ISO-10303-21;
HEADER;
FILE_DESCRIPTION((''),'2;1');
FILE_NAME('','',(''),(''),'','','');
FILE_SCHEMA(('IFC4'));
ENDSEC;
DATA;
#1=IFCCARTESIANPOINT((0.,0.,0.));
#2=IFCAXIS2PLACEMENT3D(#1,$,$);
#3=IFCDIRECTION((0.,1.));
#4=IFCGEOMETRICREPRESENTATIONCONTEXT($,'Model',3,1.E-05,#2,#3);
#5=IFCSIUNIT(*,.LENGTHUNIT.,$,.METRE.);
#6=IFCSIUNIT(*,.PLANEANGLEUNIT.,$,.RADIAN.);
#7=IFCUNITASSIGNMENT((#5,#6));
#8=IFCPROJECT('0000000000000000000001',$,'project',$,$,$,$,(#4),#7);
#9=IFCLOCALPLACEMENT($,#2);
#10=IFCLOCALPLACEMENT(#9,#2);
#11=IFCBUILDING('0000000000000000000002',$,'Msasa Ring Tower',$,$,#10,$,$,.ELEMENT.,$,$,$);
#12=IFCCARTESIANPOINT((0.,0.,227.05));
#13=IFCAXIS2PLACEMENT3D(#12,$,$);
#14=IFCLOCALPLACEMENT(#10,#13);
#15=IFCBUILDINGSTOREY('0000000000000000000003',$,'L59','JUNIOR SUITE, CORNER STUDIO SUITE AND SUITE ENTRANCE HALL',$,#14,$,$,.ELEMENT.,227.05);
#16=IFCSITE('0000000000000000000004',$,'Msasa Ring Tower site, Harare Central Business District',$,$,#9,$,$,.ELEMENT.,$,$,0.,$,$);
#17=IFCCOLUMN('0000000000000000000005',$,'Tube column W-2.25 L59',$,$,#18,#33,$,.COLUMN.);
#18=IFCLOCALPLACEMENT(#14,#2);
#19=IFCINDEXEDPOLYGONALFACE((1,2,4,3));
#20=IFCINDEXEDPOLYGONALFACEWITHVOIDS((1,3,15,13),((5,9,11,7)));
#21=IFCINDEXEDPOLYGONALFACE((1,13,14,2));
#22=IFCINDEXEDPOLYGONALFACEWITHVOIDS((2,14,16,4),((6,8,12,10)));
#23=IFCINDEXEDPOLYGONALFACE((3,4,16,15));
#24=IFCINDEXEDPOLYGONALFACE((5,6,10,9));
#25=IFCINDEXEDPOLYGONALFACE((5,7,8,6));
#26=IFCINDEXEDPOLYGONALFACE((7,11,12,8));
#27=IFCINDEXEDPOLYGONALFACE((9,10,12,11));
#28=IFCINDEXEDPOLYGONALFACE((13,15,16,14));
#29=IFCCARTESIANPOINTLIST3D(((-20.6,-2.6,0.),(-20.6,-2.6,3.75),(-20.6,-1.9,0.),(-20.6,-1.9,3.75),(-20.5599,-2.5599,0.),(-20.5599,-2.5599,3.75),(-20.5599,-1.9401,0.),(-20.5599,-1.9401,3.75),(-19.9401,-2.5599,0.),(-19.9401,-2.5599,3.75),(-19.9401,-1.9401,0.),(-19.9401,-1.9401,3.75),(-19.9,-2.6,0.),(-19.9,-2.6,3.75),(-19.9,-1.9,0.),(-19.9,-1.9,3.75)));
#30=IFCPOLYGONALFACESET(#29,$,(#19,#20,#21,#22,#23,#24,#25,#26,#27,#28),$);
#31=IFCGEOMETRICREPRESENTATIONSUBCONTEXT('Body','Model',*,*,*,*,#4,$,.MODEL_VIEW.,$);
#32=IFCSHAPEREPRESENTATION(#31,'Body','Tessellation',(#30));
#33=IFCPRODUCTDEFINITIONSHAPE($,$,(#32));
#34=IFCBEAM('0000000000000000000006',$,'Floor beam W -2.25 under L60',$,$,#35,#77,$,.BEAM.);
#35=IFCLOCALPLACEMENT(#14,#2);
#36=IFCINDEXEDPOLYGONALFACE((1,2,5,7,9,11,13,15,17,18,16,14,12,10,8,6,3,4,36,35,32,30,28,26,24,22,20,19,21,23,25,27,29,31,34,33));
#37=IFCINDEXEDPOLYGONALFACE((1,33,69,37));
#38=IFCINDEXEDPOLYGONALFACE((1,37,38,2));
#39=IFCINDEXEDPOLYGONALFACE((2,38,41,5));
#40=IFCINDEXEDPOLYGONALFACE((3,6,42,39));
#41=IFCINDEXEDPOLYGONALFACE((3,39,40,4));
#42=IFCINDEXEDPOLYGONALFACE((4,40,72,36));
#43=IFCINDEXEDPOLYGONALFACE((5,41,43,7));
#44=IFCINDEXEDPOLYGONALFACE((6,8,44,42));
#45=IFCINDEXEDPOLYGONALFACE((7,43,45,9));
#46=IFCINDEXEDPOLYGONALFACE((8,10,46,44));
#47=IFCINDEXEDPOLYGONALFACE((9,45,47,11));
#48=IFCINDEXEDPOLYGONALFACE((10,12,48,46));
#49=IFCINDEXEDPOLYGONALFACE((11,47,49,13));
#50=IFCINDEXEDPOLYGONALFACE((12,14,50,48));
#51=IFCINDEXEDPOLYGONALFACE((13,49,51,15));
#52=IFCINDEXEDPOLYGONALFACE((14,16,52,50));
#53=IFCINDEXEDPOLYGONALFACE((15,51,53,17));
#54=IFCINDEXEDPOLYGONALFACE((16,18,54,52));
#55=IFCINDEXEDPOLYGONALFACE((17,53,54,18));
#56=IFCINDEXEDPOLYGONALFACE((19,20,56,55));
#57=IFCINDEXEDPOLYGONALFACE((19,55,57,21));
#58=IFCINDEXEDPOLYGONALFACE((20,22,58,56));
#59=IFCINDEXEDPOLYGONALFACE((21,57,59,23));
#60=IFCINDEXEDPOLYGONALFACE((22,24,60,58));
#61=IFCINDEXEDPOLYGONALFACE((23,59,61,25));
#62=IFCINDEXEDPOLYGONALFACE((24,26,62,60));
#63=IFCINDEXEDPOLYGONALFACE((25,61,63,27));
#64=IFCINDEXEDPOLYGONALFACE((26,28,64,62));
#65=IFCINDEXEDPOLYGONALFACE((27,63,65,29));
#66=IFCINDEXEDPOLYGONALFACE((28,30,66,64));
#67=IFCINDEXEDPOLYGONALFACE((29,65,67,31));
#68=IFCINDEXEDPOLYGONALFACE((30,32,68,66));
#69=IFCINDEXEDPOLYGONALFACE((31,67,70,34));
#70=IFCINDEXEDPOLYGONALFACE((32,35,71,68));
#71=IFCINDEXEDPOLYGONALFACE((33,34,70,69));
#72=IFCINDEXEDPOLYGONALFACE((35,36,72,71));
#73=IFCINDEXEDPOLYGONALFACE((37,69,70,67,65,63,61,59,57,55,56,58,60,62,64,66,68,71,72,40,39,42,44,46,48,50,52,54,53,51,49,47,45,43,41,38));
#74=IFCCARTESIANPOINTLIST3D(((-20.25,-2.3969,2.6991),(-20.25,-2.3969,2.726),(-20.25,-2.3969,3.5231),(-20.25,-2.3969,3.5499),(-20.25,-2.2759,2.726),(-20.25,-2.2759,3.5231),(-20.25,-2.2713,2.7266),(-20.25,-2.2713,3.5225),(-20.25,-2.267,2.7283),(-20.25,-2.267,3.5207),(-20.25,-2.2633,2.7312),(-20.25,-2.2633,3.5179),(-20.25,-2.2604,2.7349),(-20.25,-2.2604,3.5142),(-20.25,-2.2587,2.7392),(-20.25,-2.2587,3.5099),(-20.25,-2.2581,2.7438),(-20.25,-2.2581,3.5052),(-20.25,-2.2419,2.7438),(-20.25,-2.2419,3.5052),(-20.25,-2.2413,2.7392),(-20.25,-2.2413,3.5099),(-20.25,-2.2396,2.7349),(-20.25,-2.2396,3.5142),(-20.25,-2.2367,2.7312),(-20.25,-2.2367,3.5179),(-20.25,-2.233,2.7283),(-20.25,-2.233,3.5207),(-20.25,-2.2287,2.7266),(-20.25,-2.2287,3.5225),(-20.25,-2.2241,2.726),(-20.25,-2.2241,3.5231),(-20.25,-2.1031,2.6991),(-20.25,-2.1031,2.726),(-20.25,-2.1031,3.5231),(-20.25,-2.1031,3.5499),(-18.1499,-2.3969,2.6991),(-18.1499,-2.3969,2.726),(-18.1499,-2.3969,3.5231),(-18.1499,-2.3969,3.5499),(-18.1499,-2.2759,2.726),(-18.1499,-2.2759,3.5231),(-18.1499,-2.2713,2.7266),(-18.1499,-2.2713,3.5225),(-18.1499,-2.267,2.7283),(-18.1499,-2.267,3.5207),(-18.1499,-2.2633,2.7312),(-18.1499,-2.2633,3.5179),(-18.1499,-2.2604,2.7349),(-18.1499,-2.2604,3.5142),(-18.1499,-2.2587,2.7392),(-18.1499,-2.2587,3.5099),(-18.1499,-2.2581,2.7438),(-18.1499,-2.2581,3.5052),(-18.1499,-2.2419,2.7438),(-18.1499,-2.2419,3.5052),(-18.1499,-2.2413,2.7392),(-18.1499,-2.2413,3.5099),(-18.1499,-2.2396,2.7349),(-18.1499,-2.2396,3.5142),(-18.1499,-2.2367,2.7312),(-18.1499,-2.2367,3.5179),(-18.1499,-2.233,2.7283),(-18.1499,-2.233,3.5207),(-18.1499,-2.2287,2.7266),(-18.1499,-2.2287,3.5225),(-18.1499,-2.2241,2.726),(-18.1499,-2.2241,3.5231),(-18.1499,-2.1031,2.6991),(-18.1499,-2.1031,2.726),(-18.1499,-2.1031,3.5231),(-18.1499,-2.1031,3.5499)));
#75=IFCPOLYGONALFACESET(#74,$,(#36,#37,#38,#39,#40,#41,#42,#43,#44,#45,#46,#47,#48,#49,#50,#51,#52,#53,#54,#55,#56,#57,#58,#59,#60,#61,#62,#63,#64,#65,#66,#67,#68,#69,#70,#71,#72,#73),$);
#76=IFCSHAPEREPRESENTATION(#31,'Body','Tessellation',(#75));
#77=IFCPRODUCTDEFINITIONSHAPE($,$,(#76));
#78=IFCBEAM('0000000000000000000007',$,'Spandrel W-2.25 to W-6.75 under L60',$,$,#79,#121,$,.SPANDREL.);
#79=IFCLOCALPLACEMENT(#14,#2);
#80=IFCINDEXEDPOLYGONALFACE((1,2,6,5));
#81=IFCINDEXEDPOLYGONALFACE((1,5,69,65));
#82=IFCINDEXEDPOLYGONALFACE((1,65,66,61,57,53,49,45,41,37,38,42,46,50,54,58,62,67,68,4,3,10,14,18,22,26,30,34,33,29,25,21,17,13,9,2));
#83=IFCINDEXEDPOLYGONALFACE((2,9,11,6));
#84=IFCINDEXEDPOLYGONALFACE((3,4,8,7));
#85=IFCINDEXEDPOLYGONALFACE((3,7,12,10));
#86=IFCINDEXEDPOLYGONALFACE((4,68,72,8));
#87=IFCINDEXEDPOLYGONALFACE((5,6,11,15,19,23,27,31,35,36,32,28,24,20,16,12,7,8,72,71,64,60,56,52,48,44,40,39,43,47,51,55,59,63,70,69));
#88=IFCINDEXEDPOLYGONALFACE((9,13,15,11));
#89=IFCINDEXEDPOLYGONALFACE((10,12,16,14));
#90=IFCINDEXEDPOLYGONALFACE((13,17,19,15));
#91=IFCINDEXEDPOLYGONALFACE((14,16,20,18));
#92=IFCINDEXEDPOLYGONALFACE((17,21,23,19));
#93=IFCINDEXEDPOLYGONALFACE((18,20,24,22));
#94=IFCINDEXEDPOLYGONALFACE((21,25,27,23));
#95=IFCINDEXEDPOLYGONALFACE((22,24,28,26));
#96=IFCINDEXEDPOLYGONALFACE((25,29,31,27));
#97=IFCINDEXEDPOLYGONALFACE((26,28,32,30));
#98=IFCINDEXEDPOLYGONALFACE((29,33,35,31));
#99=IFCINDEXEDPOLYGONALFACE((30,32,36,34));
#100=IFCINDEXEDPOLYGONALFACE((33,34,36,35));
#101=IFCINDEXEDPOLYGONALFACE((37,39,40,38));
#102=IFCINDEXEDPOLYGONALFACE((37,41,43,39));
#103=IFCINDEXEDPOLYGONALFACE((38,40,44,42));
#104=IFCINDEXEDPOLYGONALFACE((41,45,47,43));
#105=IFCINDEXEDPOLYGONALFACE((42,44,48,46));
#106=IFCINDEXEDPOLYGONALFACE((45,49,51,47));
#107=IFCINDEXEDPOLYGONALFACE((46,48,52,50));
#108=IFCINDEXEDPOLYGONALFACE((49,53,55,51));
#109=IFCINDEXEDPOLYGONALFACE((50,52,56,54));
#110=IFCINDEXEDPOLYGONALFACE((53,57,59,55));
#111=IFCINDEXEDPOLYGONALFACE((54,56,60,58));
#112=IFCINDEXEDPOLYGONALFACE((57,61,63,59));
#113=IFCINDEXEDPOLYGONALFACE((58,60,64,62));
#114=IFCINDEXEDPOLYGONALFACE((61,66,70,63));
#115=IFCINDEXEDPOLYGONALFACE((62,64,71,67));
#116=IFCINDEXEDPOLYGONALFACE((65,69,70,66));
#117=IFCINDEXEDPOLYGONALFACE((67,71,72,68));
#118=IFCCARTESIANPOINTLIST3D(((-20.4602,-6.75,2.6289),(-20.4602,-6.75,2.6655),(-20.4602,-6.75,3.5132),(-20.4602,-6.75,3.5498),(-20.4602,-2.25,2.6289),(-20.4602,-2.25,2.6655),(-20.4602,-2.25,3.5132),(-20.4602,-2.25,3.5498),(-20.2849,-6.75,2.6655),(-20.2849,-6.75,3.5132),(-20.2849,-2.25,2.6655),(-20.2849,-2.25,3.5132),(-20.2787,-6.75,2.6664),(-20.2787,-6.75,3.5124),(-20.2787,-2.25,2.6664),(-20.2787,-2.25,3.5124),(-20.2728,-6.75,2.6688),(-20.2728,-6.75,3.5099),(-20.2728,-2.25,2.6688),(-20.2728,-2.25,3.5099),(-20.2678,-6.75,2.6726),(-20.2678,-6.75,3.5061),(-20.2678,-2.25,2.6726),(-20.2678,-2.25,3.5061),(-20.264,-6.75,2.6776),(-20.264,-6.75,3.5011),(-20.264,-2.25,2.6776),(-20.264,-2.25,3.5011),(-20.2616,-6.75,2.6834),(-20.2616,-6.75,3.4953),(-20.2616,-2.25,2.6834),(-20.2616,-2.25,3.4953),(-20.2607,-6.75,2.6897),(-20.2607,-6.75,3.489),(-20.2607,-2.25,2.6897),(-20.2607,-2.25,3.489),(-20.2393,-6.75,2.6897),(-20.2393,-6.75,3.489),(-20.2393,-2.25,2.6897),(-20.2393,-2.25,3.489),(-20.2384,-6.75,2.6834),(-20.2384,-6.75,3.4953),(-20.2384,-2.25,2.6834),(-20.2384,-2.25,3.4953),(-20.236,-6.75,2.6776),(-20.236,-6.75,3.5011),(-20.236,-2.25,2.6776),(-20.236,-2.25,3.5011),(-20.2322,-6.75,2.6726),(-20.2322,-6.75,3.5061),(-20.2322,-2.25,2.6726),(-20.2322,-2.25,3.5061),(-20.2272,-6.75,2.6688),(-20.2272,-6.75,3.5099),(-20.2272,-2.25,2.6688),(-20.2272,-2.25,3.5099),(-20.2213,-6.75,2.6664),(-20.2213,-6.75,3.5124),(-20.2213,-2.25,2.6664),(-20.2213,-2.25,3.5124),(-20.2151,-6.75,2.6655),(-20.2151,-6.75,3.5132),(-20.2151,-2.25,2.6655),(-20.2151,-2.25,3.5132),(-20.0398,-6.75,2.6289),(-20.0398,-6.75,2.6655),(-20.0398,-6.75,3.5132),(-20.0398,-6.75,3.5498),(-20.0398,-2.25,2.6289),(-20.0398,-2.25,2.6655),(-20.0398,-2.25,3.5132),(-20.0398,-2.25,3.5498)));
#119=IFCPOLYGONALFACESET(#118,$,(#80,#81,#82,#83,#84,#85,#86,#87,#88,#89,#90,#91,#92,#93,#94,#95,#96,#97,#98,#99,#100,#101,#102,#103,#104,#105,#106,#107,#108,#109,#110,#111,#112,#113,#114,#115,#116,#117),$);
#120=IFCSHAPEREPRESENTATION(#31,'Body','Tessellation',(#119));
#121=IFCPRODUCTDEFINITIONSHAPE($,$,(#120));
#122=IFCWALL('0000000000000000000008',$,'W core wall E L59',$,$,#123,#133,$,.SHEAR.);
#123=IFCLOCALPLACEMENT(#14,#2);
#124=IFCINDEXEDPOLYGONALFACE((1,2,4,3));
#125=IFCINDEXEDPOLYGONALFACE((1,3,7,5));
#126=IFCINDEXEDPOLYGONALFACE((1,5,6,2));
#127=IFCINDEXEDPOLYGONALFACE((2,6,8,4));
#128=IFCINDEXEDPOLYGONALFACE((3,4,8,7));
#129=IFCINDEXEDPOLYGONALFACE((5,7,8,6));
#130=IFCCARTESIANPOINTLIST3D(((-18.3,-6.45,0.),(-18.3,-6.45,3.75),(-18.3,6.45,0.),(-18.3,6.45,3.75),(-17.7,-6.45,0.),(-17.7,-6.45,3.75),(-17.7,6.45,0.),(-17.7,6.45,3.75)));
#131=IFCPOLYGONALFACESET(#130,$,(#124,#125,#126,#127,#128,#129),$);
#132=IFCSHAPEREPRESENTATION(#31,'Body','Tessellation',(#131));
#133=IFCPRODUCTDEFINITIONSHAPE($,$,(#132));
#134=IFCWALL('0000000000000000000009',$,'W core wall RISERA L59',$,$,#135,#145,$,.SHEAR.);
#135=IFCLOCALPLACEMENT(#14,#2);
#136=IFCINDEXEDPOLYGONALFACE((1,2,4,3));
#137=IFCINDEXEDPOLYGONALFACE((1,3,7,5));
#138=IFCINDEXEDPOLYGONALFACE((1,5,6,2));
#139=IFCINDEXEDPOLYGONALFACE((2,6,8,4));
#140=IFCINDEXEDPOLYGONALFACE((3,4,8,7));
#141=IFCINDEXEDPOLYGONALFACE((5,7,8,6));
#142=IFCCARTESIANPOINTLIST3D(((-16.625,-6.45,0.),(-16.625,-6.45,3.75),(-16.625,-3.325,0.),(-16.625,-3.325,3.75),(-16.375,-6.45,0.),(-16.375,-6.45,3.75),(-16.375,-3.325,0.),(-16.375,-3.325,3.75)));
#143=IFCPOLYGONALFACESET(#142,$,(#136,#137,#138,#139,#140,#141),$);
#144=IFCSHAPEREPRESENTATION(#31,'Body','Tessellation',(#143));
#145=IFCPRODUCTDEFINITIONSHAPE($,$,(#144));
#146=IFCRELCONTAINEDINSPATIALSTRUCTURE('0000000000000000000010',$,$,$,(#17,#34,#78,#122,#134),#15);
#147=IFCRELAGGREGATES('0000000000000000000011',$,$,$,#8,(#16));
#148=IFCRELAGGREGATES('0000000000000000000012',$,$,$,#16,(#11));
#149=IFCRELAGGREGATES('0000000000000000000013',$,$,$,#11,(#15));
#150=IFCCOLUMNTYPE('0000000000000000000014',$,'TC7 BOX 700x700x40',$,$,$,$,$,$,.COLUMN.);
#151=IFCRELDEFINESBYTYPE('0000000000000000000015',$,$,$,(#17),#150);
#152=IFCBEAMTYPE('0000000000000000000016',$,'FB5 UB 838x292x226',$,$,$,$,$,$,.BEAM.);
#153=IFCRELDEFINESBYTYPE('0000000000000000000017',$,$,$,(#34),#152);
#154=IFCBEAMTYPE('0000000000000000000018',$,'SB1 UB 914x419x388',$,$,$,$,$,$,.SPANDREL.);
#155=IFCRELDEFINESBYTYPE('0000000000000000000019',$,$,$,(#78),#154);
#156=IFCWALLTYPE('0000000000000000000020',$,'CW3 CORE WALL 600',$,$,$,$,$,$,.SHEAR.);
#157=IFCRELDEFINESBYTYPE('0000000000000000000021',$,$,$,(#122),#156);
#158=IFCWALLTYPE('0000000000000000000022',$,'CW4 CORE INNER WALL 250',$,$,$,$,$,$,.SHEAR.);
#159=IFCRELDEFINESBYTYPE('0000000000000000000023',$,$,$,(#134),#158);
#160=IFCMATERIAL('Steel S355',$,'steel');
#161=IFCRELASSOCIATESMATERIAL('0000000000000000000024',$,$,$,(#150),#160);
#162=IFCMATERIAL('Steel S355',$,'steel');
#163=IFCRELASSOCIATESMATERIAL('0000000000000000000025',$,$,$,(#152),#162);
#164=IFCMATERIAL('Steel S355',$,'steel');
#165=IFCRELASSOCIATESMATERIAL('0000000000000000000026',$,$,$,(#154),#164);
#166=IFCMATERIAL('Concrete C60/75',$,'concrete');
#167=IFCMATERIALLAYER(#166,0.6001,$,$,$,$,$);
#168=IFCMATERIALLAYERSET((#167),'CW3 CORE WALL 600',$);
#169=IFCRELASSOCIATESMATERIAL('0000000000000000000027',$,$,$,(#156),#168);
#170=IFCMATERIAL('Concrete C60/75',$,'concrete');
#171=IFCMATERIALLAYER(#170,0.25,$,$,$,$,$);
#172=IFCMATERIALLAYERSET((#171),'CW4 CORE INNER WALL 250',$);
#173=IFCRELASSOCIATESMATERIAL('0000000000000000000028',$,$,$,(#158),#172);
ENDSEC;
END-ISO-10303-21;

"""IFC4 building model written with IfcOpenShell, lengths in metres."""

from ifc_helpers import new_model, si_unit, direction, frame, frame_2d, origin, origin_2d, place, context, subcontext, project, spatial, rectangle, hollow_rectangle, i_section, extrude, material, layer, layer_set, material_profile, profile_set, type_object, element, save


model = new_model("IFC4")

# Units and contexts
model_context = context("Model", 3, precision=1e-05, world=origin(), true_north=direction((0.0, 1.0)))
body_context = subcontext(model_context, "Body", "Model", "MODEL_VIEW")
ifc_project = project(units=[si_unit("LENGTHUNIT", "METRE"), si_unit("PLANEANGLEUNIT", "RADIAN")], contexts=[model_context])

# Site, building, storey
site_placement = place(None, origin())
site = spatial("IfcSite", under=ifc_project, at=site_placement, Name="Msasa Ring Tower site, Harare Central Business District", CompositionType="ELEMENT", RefElevation=0.0)
building_placement = place(site_placement, origin())
building = spatial("IfcBuilding", under=site, at=building_placement, Name="Msasa Ring Tower", CompositionType="ELEMENT")
storey_placement = place(building_placement, frame((0.0, 0.0, 227.05)))
storey = spatial("IfcBuildingStorey", under=building, at=storey_placement, Name="L59", Description="JUNIOR SUITE, CORNER STUDIO SUITE AND SUITE ENTRANCE HALL", CompositionType="ELEMENT", Elevation=227.05)

# Column
ifc_material_1 = material(Name="Steel S355", Category="steel")
ifc_material_profile_1 = material_profile(ifc_material_1, hollow_rectangle(XDim=0.7, YDim=0.7, WallThickness=0.04, at=origin_2d()), Name="BOX 700x700x40")
ifc_profile_set_1 = profile_set([ifc_material_profile_1], Name="Steel S355")
column_type = type_object("IfcColumnType", Name="TC7 BOX 700x700x40", PredefinedType="COLUMN", material=ifc_profile_set_1)
column_placement = place(storey_placement, frame((-20.25, -2.25, 0.0), z_axis=(0.0, 0.0, 1.0), x_axis=(1.0, 0.0, 0.0)))
element("IfcColumn", 1, at=column_placement, inside=storey, type_object=column_type, Name="Tube column W-2.25 L59", PredefinedType="COLUMN", context=body_context, shape_type="SweptSolid", body=[
    extrude(hollow_rectangle(XDim=0.7, YDim=0.7, WallThickness=0.04, at=origin_2d()), origin(), (0.0, 0.0, 1.0), 3.75),
])

# Beams
ifc_material_2 = material(Name="Steel S355", Category="steel")
ifc_material_profile_2 = material_profile(ifc_material_2, i_section(OverallWidth=0.2937, OverallDepth=0.8508, WebThickness=0.0161, FlangeThickness=0.0269, FilletRadius=0.0178, at=origin_2d()), Name="UB 838x292x226")
ifc_profile_set_2 = profile_set([ifc_material_profile_2], Name="Steel S355")
beam_type_1 = type_object("IfcBeamType", Name="FB5 UB 838x292x226", PredefinedType="BEAM", material=ifc_profile_set_2)
beam_1_placement = place(storey_placement, frame((-20.25, -2.25, 3.1245), z_axis=(1.0, 0.0, 0.0), x_axis=(0.0, 1.0, 0.0)))
element("IfcBeam", 2, at=beam_1_placement, inside=storey, type_object=beam_type_1, Name="Floor beam W -2.25 under L60", PredefinedType="BEAM", context=body_context, shape_type="SweptSolid", body=[
    extrude(i_section(OverallWidth=0.2937, OverallDepth=0.8508, WebThickness=0.0161, FlangeThickness=0.0269, FilletRadius=0.0178, at=origin_2d()), origin(), (0.0, 0.0, 1.0), 2.1001),
])
ifc_material_3 = material(Name="Steel S355", Category="steel")
ifc_material_profile_3 = material_profile(ifc_material_3, i_section(OverallWidth=0.4204, OverallDepth=0.9209, WebThickness=0.0215, FlangeThickness=0.0366, FilletRadius=0.0242, at=origin_2d()), Name="UB 914x419x388")
ifc_profile_set_3 = profile_set([ifc_material_profile_3], Name="Steel S355")
beam_type_2 = type_object("IfcBeamType", Name="SB1 UB 914x419x388", PredefinedType="SPANDREL", material=ifc_profile_set_3)
beam_2_placement = place(storey_placement, frame((-20.25, -2.25, 3.0894), z_axis=(0.0, -1.0, 0.0), x_axis=(1.0, 0.0, 0.0)))
element("IfcBeam", 3, at=beam_2_placement, inside=storey, type_object=beam_type_2, Name="Spandrel W-2.25 to W-6.75 under L60", PredefinedType="SPANDREL", context=body_context, shape_type="SweptSolid", body=[
    extrude(i_section(OverallWidth=0.4204, OverallDepth=0.9209, WebThickness=0.0215, FlangeThickness=0.0366, FilletRadius=0.0242, at=origin_2d()), origin(), (0.0, 0.0, 1.0), 4.5),
])

# Walls
ifc_material_4 = material(Name="Concrete C60/75", Category="concrete")
ifc_layer_1 = layer(ifc_material_4, 0.6001)
ifc_layer_set_1 = layer_set([ifc_layer_1], Name="CW3 CORE WALL 600")
wall_type_1 = type_object("IfcWallType", Name="CW3 CORE WALL 600", PredefinedType="SHEAR", material=ifc_layer_set_1)
wall_1_placement = place(storey_placement, frame((-18.0, -6.45, 0.0), z_axis=(0.0, 0.0, 1.0), x_axis=(0.0, 1.0, 0.0)))
element("IfcWall", 4, at=wall_1_placement, inside=storey, type_object=wall_type_1, Name="W core wall E L59", PredefinedType="SHEAR", context=body_context, shape_type="SweptSolid", body=[
    extrude(rectangle(XDim=12.8999, YDim=0.6001, at=frame_2d((6.45, 0.0))), origin(), (0.0, 0.0, 1.0), 3.75),
])
ifc_material_5 = material(Name="Concrete C60/75", Category="concrete")
ifc_layer_2 = layer(ifc_material_5, 0.25)
ifc_layer_set_2 = layer_set([ifc_layer_2], Name="CW4 CORE INNER WALL 250")
wall_type_2 = type_object("IfcWallType", Name="CW4 CORE INNER WALL 250", PredefinedType="SHEAR", material=ifc_layer_set_2)
wall_2_placement = place(storey_placement, frame((-16.5, -6.45, 0.0), z_axis=(0.0, 0.0, 1.0), x_axis=(0.0, 1.0, 0.0)))
element("IfcWall", 5, at=wall_2_placement, inside=storey, type_object=wall_type_2, Name="W core wall RISERA L59", PredefinedType="SHEAR", context=body_context, shape_type="SweptSolid", body=[
    extrude(rectangle(XDim=3.125, YDim=0.25, at=frame_2d((1.5625, 0.0))), origin(), (0.0, 0.0, 1.0), 3.75),
])

save(model, "model.ifc")
